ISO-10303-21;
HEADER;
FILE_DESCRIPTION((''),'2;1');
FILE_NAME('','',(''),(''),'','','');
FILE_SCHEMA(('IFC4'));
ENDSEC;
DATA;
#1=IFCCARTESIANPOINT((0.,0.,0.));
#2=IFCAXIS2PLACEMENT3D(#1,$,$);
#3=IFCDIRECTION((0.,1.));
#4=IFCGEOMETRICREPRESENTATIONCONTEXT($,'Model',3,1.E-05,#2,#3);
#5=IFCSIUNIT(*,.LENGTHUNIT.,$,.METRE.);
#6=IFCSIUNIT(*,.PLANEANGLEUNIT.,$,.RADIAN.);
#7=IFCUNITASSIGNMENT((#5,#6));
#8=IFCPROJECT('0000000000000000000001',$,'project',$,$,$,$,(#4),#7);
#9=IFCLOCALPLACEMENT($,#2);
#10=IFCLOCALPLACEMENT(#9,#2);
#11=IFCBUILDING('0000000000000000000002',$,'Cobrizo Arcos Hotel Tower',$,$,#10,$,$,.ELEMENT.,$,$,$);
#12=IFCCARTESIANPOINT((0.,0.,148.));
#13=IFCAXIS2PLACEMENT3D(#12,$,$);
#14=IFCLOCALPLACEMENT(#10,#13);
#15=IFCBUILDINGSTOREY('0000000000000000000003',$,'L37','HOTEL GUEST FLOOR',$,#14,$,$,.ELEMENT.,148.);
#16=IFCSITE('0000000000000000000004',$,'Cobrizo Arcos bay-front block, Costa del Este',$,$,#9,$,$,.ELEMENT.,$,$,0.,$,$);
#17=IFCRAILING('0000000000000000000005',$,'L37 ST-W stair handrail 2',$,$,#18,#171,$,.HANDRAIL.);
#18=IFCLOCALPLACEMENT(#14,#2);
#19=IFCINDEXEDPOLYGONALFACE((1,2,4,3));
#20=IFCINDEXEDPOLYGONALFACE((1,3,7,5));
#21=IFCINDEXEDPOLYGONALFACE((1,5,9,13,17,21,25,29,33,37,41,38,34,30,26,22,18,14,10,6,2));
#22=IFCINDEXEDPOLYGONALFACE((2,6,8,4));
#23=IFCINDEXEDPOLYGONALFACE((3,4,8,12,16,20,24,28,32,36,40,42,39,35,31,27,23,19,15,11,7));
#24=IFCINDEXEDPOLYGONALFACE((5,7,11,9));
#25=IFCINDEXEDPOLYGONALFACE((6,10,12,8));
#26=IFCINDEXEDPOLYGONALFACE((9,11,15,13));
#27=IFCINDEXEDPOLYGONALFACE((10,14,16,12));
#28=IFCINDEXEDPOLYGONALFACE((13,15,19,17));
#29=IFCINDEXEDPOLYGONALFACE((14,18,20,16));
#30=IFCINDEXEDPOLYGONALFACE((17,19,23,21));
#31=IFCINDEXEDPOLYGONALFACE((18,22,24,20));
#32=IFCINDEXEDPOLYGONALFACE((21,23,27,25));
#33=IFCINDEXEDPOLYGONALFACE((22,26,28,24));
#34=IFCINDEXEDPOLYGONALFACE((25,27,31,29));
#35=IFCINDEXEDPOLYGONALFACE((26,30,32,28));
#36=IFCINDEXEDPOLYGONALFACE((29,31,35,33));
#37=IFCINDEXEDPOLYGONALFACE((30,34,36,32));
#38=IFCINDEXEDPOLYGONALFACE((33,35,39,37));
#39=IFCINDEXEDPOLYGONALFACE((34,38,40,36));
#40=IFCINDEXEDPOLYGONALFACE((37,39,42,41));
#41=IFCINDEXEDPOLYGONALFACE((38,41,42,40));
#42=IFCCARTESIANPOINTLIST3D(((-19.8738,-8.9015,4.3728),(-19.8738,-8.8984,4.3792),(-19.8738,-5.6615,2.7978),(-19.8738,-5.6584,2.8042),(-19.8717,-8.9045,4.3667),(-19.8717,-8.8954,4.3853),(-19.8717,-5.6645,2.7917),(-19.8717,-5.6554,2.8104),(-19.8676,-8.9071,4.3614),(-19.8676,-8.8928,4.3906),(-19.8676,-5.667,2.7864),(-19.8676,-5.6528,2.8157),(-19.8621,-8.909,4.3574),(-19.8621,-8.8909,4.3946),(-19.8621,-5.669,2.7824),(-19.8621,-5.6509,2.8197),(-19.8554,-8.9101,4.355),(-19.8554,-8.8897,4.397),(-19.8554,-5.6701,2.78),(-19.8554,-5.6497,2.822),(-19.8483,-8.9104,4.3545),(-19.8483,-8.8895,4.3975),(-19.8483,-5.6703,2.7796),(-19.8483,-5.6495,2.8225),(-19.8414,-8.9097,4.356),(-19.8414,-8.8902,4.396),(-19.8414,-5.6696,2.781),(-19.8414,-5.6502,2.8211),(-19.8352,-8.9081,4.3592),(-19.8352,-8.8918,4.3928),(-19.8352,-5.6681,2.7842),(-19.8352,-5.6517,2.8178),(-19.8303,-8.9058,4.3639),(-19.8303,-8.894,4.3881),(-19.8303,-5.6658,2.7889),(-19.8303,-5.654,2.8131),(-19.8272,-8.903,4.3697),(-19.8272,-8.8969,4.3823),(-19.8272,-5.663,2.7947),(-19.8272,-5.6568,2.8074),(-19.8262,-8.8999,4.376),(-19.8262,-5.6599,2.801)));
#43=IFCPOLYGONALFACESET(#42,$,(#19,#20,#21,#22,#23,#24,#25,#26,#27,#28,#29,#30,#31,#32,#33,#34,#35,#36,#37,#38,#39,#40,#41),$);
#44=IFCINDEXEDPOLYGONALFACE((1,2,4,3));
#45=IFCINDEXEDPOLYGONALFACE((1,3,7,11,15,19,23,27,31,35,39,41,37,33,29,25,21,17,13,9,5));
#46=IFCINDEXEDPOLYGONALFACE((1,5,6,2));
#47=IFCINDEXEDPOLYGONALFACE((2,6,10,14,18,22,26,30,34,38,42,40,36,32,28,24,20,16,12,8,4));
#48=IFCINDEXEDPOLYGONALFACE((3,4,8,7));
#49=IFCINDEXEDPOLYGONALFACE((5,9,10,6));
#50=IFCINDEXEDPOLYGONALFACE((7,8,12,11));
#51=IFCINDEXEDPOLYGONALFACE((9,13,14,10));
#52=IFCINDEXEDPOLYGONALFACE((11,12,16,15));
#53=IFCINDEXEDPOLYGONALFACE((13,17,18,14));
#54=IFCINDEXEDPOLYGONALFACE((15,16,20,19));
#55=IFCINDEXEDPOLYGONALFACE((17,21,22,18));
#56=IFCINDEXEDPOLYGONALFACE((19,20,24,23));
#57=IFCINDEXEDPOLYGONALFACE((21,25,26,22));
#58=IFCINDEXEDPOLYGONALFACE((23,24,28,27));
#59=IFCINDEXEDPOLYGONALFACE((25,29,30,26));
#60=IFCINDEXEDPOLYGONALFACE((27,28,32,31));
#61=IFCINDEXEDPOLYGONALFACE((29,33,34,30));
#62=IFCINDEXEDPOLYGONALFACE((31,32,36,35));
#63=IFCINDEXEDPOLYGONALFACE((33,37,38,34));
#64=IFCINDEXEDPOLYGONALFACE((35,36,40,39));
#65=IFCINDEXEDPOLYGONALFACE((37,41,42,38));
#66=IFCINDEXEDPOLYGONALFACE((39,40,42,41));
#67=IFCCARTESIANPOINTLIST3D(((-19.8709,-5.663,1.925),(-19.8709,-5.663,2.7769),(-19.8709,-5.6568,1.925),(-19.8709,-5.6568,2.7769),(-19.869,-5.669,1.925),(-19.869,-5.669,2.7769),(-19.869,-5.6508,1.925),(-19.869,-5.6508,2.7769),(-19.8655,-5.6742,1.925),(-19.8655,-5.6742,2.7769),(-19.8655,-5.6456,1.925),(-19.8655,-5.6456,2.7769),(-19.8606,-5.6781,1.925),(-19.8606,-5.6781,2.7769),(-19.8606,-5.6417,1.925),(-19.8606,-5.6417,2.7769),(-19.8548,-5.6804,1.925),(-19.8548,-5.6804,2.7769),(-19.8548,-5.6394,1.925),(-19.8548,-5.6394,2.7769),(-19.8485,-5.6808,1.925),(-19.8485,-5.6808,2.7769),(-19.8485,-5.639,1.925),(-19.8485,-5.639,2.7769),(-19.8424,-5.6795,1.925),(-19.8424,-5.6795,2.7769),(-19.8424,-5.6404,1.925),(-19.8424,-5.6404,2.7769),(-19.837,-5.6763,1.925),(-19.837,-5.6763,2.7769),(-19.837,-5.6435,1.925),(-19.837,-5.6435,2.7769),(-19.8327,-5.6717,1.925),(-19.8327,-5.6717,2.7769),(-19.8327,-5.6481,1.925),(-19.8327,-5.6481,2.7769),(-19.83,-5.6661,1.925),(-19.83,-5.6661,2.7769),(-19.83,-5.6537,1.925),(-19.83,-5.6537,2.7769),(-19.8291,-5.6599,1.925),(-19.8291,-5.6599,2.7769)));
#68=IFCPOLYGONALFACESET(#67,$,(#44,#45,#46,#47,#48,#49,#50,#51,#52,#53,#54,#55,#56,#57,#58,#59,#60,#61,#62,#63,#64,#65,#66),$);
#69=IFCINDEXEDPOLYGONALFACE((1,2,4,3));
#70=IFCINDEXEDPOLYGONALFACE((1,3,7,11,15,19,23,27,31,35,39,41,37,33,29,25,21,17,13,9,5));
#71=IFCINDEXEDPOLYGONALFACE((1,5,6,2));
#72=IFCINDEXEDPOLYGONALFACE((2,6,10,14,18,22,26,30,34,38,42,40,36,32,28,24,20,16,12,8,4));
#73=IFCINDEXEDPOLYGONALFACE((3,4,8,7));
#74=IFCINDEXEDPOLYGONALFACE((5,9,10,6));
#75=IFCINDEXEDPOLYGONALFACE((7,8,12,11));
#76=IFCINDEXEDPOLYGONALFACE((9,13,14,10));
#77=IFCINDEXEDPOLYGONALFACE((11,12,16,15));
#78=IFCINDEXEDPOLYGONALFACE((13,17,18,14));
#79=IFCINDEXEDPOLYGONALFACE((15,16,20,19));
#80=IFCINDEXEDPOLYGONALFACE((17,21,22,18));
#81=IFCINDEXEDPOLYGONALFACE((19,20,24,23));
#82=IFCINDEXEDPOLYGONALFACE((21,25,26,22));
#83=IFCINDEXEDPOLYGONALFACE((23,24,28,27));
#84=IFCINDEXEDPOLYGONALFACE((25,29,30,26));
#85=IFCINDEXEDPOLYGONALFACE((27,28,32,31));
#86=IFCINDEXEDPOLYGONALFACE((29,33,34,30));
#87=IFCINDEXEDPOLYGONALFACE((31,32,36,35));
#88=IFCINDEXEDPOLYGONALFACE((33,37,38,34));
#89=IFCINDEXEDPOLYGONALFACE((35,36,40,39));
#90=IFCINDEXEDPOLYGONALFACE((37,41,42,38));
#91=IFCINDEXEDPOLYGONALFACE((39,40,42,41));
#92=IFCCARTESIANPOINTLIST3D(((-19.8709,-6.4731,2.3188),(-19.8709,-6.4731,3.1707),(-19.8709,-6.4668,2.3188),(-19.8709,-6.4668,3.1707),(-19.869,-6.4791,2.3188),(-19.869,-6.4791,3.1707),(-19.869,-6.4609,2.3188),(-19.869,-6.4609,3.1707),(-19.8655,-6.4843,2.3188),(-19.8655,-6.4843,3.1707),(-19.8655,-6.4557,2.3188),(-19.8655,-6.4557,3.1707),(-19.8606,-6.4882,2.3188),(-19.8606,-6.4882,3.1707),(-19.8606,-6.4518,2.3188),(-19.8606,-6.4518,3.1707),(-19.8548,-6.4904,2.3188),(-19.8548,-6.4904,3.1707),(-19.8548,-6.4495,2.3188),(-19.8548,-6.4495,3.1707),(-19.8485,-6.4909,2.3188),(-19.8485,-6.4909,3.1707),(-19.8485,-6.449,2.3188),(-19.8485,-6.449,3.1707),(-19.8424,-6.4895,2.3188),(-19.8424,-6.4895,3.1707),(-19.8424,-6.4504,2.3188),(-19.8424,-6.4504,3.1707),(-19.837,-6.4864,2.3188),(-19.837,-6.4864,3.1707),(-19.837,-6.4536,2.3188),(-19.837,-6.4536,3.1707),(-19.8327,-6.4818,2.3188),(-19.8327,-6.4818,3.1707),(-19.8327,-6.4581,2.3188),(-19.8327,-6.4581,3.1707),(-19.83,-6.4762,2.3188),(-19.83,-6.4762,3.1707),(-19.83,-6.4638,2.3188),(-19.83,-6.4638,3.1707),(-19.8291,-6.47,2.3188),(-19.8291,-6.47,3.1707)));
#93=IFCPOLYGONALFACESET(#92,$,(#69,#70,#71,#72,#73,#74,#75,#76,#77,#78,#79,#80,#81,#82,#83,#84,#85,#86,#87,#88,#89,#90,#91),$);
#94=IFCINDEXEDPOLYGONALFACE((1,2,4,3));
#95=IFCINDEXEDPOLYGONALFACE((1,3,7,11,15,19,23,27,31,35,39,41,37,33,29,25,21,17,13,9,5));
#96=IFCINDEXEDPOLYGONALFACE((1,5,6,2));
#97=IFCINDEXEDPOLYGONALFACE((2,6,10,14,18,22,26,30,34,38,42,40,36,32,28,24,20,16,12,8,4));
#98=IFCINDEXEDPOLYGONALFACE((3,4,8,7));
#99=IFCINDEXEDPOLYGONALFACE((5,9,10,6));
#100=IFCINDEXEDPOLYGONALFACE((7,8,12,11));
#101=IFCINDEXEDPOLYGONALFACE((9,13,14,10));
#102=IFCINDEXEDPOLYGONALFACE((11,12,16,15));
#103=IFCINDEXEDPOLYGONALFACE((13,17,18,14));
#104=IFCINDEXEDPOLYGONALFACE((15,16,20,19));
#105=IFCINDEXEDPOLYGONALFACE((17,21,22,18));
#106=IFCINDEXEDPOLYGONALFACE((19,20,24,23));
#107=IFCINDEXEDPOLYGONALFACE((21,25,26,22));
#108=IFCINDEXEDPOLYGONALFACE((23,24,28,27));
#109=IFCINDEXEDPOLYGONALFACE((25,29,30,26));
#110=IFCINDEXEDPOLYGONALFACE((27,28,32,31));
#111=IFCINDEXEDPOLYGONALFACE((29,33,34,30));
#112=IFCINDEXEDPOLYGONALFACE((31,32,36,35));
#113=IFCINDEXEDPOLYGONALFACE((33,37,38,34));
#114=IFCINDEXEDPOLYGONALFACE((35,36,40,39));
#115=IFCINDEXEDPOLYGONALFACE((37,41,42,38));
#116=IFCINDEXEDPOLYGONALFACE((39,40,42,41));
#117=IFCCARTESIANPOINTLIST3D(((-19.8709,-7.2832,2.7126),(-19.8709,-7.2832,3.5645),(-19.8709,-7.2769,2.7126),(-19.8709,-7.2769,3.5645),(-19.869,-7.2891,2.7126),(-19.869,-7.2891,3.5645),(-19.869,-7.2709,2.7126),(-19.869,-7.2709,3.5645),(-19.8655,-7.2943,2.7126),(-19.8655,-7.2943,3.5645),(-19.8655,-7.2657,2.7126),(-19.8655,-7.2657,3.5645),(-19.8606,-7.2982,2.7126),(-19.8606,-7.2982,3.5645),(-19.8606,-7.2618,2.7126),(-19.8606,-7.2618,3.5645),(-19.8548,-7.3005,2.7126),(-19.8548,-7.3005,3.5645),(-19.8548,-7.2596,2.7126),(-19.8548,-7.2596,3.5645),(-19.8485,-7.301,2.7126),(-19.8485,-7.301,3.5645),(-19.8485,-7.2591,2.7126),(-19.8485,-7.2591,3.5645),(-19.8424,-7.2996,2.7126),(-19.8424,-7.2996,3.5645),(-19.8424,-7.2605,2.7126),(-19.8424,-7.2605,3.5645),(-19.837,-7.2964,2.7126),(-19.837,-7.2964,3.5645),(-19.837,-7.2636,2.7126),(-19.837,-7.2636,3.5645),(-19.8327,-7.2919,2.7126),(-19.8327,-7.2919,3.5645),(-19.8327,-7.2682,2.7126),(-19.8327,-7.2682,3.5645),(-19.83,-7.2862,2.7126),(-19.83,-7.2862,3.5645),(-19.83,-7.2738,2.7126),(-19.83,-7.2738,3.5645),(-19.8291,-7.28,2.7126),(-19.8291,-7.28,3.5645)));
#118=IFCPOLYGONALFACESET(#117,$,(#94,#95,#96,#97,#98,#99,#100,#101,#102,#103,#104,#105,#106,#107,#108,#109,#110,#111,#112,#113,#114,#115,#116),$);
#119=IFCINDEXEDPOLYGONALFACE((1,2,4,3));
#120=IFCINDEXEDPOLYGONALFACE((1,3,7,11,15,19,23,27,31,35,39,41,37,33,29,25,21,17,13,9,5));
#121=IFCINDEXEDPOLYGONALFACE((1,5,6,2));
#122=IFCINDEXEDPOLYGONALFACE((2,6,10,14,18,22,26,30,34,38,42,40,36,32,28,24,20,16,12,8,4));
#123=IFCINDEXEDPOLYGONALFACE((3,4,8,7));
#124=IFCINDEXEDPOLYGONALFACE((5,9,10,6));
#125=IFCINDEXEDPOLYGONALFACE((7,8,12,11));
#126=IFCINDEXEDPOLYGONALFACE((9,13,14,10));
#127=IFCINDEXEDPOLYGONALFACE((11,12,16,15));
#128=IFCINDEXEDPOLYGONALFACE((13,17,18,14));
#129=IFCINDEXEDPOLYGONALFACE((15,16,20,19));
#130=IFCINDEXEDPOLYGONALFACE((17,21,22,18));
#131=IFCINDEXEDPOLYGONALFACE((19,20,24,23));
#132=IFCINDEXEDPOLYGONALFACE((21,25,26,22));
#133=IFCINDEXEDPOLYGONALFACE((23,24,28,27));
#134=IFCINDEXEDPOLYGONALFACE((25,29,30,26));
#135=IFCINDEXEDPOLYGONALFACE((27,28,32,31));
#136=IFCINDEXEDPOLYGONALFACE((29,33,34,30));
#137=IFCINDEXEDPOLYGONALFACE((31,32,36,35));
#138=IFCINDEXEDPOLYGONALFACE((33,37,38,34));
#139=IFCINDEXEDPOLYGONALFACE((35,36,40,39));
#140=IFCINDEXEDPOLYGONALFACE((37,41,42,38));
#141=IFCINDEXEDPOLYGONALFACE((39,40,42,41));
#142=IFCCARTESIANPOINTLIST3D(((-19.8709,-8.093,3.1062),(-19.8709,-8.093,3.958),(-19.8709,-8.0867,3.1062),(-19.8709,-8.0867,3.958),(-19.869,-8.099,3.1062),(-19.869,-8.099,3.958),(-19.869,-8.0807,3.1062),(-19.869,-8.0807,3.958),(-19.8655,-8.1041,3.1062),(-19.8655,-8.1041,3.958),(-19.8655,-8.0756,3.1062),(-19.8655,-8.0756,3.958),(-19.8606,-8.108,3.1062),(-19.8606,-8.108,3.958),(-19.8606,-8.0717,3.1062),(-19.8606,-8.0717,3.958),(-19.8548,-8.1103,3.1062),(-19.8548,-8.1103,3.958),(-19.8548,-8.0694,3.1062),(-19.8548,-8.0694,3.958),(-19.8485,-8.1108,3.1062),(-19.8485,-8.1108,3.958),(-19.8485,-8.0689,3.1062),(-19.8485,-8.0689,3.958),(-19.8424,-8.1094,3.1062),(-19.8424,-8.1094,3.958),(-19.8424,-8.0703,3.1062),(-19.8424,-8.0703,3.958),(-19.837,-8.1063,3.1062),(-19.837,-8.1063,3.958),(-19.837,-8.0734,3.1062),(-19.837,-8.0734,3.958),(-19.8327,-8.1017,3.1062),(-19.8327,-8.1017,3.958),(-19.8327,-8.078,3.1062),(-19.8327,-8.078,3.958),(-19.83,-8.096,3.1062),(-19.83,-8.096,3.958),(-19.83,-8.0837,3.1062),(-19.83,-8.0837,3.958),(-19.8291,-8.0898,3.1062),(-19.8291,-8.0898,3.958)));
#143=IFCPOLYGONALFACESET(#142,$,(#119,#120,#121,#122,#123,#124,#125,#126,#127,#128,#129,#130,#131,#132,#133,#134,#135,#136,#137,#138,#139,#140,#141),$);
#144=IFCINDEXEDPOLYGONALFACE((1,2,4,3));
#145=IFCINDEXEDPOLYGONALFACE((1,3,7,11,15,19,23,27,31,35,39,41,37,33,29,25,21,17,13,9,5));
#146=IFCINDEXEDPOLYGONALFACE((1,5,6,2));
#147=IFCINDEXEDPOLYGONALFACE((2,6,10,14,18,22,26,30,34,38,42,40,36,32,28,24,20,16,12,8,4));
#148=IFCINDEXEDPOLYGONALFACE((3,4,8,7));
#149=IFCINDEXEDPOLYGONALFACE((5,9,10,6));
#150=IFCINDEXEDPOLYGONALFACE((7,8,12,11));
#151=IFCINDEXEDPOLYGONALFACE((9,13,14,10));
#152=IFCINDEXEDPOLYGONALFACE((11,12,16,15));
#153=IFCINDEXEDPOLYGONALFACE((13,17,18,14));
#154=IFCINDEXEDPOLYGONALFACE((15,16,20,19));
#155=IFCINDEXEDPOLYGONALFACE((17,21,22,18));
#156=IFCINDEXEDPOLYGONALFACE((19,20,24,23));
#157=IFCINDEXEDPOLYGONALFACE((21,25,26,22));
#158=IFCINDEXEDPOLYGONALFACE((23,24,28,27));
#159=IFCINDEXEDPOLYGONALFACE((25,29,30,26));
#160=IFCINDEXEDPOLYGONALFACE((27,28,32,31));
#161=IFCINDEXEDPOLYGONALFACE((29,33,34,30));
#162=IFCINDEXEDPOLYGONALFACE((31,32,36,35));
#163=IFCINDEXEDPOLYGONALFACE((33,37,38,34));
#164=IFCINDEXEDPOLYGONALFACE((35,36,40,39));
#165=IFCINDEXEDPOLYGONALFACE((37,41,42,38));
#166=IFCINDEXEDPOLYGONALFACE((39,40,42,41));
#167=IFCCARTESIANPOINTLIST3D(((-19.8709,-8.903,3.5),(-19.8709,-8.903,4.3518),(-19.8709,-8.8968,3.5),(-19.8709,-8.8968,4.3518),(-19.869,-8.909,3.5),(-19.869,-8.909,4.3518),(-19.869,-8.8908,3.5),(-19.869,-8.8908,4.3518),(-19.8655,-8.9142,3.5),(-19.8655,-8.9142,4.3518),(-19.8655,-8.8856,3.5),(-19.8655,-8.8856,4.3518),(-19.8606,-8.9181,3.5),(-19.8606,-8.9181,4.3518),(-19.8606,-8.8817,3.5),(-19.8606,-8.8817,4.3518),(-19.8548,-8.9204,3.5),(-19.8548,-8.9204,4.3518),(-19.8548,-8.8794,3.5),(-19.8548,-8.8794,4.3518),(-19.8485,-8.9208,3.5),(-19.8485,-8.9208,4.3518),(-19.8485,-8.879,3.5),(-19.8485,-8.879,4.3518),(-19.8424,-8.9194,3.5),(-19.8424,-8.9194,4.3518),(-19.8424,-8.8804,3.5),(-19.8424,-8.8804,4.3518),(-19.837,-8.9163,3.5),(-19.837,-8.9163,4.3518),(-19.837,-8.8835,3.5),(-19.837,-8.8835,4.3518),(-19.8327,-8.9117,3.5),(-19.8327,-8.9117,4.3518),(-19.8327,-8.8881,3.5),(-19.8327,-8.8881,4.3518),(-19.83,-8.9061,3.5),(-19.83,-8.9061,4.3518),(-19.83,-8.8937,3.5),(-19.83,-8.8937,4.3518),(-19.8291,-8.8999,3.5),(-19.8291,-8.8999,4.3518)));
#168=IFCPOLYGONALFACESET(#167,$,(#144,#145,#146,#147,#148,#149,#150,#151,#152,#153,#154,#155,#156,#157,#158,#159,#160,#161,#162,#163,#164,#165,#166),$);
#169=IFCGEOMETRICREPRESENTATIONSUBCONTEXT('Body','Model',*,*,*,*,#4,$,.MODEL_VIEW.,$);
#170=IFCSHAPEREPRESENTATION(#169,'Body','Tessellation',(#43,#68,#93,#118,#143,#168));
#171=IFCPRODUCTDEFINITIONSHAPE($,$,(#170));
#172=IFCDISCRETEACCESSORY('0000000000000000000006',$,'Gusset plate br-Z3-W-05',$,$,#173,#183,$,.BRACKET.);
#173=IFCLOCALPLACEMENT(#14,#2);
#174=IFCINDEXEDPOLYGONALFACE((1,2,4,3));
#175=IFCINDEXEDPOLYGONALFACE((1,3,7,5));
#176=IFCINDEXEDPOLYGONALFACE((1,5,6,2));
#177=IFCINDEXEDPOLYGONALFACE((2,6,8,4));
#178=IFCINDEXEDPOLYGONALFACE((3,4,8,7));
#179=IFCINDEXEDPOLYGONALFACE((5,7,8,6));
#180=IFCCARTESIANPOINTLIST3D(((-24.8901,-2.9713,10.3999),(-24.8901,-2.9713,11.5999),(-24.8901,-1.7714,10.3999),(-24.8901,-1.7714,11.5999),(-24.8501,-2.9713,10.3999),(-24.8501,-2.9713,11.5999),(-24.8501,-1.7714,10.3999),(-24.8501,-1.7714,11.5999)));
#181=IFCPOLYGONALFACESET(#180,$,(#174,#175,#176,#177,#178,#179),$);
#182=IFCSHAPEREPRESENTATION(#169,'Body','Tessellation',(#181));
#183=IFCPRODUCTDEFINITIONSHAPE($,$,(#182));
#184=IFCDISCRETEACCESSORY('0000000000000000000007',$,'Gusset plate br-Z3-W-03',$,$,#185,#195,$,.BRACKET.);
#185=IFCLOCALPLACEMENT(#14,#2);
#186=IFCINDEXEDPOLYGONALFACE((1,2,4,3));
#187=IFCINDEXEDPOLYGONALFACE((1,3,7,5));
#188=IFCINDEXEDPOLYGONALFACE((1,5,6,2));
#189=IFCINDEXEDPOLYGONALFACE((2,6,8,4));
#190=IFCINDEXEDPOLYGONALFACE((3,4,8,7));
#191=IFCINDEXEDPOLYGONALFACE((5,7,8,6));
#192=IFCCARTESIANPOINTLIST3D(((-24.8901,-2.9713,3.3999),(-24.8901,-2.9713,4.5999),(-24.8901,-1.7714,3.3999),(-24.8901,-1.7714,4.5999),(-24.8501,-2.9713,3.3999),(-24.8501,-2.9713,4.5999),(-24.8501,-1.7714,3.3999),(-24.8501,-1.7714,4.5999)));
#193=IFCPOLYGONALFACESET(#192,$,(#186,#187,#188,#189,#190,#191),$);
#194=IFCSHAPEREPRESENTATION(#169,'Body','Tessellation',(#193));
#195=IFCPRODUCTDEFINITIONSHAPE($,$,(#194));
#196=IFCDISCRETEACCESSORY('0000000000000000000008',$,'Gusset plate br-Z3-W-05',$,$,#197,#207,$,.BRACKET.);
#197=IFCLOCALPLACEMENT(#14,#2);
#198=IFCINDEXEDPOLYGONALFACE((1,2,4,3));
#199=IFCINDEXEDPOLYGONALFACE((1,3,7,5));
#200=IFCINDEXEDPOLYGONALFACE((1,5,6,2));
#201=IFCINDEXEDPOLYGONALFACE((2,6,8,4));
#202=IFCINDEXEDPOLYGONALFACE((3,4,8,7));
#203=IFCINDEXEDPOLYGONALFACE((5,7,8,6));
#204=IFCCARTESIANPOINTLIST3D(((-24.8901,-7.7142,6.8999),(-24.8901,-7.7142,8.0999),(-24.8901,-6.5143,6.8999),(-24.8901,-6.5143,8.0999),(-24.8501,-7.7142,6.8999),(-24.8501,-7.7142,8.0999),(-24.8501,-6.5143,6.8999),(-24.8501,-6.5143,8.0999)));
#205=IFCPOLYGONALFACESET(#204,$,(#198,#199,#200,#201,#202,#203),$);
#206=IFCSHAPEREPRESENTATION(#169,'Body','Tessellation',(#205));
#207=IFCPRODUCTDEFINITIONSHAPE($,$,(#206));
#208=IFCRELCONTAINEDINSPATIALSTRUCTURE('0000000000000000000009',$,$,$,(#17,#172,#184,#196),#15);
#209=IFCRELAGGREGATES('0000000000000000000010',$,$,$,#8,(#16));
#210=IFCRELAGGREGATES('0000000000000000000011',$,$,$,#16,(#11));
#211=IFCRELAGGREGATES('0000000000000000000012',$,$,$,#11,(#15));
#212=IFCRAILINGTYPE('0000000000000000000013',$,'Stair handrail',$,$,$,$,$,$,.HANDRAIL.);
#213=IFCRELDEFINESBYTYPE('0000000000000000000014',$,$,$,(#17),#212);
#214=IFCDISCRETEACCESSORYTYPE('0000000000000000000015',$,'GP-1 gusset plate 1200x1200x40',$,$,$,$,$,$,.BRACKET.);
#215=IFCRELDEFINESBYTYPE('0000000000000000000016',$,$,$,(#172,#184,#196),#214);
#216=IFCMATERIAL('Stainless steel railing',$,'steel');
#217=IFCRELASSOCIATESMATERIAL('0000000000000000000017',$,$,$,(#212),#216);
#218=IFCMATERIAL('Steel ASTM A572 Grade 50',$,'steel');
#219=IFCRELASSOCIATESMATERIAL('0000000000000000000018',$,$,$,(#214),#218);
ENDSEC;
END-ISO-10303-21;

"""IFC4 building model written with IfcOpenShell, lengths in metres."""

from ifc_helpers import new_model, si_unit, direction, frame, origin, origin_2d, place, context, subcontext, project, spatial, rectangle, circle, extrude, material, type_object, element, save


model = new_model("IFC4")

# Units and contexts
model_context = context("Model", 3, precision=1e-05, world=origin(), true_north=direction((0.0, 1.0)))
body_context = subcontext(model_context, "Body", "Model", "MODEL_VIEW")
ifc_project = project(units=[si_unit("LENGTHUNIT", "METRE"), si_unit("PLANEANGLEUNIT", "RADIAN")], contexts=[model_context])

# Site, building, storey
site_placement = place(None, origin())
site = spatial("IfcSite", under=ifc_project, at=site_placement, Name="Cobrizo Arcos bay-front block, Costa del Este", CompositionType="ELEMENT", RefElevation=0.0)
building_placement = place(site_placement, origin())
building = spatial("IfcBuilding", under=site, at=building_placement, Name="Cobrizo Arcos Hotel Tower", CompositionType="ELEMENT")
storey_placement = place(building_placement, frame((0.0, 0.0, 148.0)))
storey = spatial("IfcBuildingStorey", under=building, at=storey_placement, Name="L37", Description="HOTEL GUEST FLOOR", CompositionType="ELEMENT", Elevation=148.0)

# Shared definitions
ifc_material_1 = material(Name="Steel ASTM A572 Grade 50", Category="steel")

# Railing
ifc_material_2 = material(Name="Stainless steel railing", Category="steel")
railing_type_1 = type_object("IfcRailingType", Name="Stair handrail", PredefinedType="HANDRAIL", material=ifc_material_2)
railing_1_placement = place(storey_placement, frame((-19.8501, -5.6599, 1.925)))
element("IfcRailing", 1, at=railing_1_placement, inside=storey, type_object=railing_type_1, Name="L37 ST-W stair handrail 2", PredefinedType="HANDRAIL", context=body_context, shape_type="SweptSolid", body=[
    extrude(circle(Radius=0.0239, at=origin_2d()), frame((0.0, 0.0, 0.876), z_axis=(0.0, -0.899373, 0.437183), x_axis=(1.0, 0.0, 0.0)), (0.0, 0.0, 1.0), 3.6025),
    extrude(circle(Radius=0.021, at=origin_2d()), origin(), (0.0, 0.0, 1.0), 0.8518),
    extrude(circle(Radius=0.021, at=origin_2d()), frame((0.0, -0.8101, 0.3938)), (0.0, 0.0, 1.0), 0.8518),
    extrude(circle(Radius=0.021, at=origin_2d()), frame((0.0, -1.6201, 0.7876)), (0.0, 0.0, 1.0), 0.8518),
    extrude(circle(Radius=0.021, at=origin_2d()), frame((0.0, -2.4299, 1.1812)), (0.0, 0.0, 1.0), 0.8518),
    extrude(circle(Radius=0.021, at=origin_2d()), frame((0.0, -3.24, 1.575)), (0.0, 0.0, 1.0), 0.8518),
])

# Discrete accessories
discrete_accessory_type_1 = type_object("IfcDiscreteAccessoryType", Name="GP-1 gusset plate 1200x1200x40", PredefinedType="BRACKET", material=ifc_material_1)
for number, where, z_axis, x_axis, name in (
    (2, (-24.8701, -2.3713, 10.3999), (0.0, 0.0, 1.0), (1.0, 0.0, 0.0), "Gusset plate br-Z3-W-05"),
    (3, (-24.8701, -2.3713, 3.3999), (0.0, 0.0, 1.0), (1.0, 0.0, 0.0), "Gusset plate br-Z3-W-03"),
    (4, (-24.8701, -7.1143, 6.8999), (0.0, 0.0, 1.0), (1.0, 0.0, 0.0), "Gusset plate br-Z3-W-05"),
):
    element("IfcDiscreteAccessory", number, at=place(storey_placement, frame(where, z_axis=z_axis, x_axis=x_axis)), inside=storey, type_object=discrete_accessory_type_1, Name=name, PredefinedType="BRACKET", context=body_context, shape_type="SweptSolid", body=[
        extrude(rectangle(XDim=0.04, YDim=1.2, at=origin_2d()), origin(), (0.0, 0.0, 1.0), 1.2),
    ])

save(model, "model.ifc")
